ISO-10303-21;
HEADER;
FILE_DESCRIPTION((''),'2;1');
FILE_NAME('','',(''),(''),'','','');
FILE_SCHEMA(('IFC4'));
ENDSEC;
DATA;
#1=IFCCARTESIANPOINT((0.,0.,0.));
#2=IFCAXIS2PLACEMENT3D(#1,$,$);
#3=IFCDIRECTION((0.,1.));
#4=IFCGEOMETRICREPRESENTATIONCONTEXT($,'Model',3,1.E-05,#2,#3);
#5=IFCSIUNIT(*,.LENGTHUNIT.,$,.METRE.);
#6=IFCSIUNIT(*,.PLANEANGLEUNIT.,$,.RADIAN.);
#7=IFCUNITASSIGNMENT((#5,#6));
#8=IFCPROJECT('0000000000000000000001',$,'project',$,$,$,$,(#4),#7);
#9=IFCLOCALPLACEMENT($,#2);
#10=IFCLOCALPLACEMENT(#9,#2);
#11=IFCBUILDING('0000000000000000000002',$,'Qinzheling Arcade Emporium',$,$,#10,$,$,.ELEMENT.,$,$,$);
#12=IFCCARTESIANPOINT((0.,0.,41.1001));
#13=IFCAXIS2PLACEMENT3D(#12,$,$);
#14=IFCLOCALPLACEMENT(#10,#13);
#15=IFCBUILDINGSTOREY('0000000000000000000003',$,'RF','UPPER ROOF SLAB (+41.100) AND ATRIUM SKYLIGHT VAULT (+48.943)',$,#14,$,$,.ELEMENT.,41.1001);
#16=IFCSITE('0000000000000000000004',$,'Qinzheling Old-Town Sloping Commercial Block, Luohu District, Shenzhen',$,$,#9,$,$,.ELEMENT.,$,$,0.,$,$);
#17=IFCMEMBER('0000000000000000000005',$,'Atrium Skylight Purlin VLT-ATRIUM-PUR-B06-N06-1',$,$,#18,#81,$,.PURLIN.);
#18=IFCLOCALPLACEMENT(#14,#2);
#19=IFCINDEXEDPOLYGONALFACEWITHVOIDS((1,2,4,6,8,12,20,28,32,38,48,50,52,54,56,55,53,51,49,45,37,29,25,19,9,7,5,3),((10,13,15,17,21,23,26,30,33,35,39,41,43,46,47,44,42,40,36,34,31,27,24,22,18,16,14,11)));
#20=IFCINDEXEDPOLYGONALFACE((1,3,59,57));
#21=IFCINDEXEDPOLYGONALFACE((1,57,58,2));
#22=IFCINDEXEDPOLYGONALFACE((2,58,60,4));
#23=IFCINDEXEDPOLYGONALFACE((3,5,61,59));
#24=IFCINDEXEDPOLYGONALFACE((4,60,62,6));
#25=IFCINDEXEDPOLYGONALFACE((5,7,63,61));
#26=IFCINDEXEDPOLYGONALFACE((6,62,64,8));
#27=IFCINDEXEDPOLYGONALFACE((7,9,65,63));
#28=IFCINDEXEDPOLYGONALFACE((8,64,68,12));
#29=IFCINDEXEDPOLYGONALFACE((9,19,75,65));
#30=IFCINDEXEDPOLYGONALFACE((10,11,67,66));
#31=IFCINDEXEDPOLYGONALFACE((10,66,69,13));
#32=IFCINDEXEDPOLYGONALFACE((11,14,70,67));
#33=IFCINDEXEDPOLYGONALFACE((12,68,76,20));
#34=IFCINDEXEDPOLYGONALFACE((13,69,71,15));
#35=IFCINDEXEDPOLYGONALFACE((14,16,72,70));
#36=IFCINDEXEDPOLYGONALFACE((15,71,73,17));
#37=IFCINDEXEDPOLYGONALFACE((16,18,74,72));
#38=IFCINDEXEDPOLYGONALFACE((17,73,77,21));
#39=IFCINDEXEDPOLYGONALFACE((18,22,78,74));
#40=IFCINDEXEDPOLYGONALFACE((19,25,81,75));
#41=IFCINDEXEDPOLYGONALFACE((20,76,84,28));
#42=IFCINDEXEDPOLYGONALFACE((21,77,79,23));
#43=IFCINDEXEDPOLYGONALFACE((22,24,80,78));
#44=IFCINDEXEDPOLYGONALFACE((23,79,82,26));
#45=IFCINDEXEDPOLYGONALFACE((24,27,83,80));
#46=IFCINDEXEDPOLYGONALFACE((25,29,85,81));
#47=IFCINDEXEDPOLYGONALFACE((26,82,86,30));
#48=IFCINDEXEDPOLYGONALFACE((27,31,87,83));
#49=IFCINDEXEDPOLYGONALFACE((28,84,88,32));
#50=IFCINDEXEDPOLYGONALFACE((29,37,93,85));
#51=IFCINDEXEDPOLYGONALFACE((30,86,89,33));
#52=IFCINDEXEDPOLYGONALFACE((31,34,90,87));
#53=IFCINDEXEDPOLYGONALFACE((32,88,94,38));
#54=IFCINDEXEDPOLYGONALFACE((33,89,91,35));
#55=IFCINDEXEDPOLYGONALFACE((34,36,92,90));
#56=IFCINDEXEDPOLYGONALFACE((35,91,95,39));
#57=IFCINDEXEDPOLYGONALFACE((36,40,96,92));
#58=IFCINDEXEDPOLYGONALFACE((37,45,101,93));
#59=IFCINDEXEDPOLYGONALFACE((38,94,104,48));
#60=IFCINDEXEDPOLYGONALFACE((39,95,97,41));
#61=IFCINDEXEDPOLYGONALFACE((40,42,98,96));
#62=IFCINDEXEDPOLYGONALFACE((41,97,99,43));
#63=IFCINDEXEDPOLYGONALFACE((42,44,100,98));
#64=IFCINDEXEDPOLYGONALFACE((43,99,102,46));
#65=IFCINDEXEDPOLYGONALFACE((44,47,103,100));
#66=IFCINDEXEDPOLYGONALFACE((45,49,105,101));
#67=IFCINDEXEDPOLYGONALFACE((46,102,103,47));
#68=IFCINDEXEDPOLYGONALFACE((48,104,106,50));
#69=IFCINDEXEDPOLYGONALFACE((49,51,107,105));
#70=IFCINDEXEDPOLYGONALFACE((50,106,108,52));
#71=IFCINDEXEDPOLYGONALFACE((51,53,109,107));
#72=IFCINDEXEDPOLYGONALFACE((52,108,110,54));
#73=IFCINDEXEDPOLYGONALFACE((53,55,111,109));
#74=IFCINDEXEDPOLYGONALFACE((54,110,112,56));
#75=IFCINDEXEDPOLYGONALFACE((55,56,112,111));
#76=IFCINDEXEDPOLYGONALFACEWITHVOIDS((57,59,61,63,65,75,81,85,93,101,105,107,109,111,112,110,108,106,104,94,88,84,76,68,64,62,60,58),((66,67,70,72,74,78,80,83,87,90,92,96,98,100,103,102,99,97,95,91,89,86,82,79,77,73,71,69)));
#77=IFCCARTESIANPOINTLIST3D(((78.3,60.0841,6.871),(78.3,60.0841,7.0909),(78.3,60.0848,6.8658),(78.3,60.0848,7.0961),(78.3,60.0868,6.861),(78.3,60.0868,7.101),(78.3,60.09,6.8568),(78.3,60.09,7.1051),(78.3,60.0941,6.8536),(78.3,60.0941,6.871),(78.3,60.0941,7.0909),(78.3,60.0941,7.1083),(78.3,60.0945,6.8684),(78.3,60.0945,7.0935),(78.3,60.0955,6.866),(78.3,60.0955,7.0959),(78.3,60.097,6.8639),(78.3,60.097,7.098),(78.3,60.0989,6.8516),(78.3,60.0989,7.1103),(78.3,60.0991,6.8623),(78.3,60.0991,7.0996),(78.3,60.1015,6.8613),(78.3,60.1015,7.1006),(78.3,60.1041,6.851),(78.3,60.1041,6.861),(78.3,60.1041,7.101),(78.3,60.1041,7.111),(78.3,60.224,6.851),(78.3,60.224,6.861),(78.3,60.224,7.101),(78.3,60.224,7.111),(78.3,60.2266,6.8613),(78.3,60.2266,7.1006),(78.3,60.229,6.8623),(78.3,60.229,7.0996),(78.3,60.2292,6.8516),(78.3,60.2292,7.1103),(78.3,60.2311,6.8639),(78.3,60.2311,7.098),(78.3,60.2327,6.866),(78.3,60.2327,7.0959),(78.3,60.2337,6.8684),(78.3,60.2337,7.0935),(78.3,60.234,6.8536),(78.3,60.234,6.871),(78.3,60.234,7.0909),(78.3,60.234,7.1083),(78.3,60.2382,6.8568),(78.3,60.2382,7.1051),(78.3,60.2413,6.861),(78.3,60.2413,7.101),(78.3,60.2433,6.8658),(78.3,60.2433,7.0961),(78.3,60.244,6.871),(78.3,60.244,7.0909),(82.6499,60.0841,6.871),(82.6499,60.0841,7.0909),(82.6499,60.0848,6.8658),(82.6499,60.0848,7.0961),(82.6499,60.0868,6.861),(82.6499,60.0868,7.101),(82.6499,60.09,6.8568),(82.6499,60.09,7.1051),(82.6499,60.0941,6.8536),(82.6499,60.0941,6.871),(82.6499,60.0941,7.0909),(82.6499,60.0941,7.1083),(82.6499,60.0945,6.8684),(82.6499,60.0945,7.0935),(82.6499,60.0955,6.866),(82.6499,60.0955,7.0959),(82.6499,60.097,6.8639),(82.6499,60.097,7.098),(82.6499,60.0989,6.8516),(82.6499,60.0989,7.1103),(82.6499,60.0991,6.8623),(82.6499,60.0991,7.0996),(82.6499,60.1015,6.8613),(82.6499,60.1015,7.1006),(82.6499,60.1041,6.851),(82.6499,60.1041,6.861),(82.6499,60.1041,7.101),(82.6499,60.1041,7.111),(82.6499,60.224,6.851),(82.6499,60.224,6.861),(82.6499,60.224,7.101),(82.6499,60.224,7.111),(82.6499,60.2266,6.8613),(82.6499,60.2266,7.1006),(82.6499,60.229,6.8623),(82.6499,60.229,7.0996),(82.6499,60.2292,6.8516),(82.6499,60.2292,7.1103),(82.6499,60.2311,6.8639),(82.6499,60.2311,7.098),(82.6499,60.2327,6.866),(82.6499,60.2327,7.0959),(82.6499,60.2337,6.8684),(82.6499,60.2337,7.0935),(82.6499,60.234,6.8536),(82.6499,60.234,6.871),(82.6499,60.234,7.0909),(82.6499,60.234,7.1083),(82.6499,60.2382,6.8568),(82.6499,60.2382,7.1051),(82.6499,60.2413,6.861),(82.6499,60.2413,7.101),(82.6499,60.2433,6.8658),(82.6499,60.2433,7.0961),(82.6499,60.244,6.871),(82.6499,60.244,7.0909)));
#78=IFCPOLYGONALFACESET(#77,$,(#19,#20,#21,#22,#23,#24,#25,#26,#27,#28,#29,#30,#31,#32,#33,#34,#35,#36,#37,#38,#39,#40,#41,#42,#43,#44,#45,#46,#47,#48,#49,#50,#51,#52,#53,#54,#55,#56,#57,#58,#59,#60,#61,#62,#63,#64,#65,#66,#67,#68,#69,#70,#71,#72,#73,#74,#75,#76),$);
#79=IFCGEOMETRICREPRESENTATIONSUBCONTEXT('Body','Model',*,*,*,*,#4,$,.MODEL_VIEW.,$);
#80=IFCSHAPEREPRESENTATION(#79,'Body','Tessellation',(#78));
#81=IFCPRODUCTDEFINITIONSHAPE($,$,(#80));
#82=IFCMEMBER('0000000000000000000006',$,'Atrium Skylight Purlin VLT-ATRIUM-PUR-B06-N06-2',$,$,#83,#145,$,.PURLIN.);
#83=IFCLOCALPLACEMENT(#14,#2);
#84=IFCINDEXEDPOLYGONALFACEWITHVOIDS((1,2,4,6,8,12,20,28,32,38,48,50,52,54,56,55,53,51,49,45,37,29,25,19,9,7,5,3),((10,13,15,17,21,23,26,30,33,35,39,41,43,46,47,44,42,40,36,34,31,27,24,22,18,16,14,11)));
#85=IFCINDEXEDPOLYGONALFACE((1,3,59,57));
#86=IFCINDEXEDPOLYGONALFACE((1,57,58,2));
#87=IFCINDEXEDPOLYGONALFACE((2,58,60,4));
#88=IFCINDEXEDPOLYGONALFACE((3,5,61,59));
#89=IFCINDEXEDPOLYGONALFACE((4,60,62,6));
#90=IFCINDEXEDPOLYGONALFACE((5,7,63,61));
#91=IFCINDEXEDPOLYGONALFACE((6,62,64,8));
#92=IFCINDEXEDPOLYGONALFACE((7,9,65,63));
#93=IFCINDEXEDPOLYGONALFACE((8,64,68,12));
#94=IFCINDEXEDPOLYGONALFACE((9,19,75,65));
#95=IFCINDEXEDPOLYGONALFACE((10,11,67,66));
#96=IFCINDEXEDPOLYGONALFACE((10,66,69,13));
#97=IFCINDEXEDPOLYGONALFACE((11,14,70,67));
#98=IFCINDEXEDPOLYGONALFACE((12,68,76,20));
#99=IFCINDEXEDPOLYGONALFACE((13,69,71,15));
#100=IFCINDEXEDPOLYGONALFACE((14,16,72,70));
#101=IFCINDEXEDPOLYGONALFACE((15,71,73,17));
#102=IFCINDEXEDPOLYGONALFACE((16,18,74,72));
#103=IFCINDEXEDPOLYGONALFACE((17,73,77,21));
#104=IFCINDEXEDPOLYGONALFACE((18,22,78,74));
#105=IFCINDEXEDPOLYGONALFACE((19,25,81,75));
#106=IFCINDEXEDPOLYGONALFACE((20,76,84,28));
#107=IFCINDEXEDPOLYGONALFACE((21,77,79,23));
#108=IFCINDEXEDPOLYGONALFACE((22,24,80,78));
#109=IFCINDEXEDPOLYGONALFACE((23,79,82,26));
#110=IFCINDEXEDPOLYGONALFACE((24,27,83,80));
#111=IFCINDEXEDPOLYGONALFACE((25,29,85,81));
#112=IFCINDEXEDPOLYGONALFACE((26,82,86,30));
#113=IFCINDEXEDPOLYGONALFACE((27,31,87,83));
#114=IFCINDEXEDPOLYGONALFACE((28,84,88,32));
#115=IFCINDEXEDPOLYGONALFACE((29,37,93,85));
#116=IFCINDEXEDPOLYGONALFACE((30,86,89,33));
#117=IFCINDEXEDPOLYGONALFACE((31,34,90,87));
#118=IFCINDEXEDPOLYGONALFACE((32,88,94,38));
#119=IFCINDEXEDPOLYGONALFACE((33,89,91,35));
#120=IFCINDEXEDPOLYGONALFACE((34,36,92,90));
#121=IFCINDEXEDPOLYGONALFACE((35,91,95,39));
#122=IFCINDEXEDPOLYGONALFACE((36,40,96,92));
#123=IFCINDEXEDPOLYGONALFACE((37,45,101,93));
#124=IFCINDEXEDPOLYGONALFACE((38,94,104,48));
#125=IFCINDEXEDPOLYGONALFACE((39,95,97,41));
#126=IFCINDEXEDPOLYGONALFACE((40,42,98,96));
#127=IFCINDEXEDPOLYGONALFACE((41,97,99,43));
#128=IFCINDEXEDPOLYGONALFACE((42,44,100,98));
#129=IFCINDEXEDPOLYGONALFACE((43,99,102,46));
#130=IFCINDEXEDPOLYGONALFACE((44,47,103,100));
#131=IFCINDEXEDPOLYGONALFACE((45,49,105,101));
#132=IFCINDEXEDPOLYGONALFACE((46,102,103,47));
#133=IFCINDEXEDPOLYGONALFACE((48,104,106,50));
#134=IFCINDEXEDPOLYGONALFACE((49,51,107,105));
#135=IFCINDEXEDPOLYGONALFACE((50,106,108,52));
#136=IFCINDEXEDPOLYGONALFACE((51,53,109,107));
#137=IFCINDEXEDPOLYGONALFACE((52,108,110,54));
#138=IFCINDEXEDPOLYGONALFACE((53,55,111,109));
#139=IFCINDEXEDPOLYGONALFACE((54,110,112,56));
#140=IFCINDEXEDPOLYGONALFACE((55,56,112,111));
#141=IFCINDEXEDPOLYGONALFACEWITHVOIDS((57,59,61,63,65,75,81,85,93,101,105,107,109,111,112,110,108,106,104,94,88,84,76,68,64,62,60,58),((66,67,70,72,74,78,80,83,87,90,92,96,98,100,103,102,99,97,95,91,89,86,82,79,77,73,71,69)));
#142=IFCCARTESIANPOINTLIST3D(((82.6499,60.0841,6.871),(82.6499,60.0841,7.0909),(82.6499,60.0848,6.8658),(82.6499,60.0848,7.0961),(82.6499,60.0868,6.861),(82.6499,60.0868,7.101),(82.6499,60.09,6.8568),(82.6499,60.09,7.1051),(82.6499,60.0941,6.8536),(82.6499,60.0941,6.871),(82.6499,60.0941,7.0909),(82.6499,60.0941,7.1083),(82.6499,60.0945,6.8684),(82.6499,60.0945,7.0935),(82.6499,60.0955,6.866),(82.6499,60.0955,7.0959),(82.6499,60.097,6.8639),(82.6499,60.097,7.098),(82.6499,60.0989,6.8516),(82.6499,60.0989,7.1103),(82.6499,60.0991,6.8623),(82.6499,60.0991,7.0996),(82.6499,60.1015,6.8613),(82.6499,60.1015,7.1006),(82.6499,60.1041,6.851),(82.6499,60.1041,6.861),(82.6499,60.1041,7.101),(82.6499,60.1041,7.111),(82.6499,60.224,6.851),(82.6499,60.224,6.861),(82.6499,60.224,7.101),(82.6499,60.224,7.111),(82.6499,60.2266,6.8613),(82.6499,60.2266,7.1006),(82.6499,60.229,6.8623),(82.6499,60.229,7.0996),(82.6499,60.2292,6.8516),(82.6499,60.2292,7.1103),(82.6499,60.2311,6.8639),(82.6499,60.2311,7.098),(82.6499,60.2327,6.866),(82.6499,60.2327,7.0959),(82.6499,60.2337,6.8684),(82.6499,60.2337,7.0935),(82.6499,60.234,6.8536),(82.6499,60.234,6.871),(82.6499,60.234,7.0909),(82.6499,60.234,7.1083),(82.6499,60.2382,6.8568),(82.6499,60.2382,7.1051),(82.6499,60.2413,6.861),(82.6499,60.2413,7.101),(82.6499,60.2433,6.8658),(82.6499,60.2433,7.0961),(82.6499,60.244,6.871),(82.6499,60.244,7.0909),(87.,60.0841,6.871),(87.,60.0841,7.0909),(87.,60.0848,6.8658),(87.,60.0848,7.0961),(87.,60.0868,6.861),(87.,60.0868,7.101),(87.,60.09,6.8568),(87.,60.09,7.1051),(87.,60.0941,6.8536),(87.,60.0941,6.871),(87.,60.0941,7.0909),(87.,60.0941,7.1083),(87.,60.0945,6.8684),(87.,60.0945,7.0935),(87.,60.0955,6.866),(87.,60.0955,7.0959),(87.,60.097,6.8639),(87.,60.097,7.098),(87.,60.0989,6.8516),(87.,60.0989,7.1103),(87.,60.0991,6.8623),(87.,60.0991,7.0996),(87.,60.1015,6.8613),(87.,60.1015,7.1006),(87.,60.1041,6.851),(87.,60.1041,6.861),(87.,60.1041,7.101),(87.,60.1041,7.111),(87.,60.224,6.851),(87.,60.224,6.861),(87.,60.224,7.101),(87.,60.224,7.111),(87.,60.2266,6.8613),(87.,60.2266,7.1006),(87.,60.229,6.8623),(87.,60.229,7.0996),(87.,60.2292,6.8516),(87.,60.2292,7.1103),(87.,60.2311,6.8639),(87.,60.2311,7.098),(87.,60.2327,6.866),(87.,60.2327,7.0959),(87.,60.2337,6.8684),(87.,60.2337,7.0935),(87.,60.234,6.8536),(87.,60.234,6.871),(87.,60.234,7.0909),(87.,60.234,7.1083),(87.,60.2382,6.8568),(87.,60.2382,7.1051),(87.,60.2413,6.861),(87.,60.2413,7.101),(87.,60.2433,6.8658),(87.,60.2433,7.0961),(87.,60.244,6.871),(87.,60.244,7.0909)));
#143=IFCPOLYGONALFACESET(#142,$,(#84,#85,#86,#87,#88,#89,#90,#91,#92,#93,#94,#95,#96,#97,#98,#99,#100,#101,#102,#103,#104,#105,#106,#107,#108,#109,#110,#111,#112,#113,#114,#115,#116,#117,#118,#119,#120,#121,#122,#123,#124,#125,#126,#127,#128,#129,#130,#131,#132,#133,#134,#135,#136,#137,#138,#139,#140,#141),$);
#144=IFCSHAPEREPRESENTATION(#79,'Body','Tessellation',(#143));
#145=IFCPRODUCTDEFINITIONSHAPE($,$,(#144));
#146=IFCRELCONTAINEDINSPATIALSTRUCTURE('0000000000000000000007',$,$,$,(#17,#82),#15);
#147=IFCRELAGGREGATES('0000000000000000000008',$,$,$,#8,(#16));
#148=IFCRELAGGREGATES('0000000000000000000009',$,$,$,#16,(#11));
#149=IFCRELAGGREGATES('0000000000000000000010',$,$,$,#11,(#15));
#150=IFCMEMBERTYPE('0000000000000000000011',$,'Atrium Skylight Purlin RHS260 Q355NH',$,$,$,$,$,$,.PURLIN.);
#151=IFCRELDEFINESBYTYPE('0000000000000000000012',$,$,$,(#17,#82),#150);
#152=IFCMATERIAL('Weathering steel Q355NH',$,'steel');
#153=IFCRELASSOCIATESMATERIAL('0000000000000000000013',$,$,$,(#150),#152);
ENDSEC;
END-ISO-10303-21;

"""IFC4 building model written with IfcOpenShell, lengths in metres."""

from ifc_helpers import new_model, si_unit, direction, frame, origin, origin_2d, place, context, subcontext, project, spatial, hollow_rectangle, extrude, material, material_profile, profile_set, type_object, element, save


model = new_model("IFC4")

# Units and contexts
model_context = context("Model", 3, precision=1e-05, world=origin(), true_north=direction((0.0, 1.0)))
body_context = subcontext(model_context, "Body", "Model", "MODEL_VIEW")
ifc_project = project(units=[si_unit("LENGTHUNIT", "METRE"), si_unit("PLANEANGLEUNIT", "RADIAN")], contexts=[model_context])

# Site, building, storey
site_placement = place(None, origin())
site = spatial("IfcSite", under=ifc_project, at=site_placement, Name="Qinzheling Old-Town Sloping Commercial Block, Luohu District, Shenzhen", CompositionType="ELEMENT", RefElevation=0.0)
building_placement = place(site_placement, origin())
building = spatial("IfcBuilding", under=site, at=building_placement, Name="Qinzheling Arcade Emporium", CompositionType="ELEMENT")
storey_placement = place(building_placement, frame((0.0, 0.0, 41.1001)))
storey = spatial("IfcBuildingStorey", under=building, at=storey_placement, Name="RF", Description="UPPER ROOF SLAB (+41.100) AND ATRIUM SKYLIGHT VAULT (+48.943)", CompositionType="ELEMENT", Elevation=41.1001)

# Shared definitions
ifc_material_1 = material(Name="Weathering steel Q355NH", Category="steel")

# Members
ifc_material_profile_1 = material_profile(ifc_material_1, hollow_rectangle(XDim=0.1599, YDim=0.26, WallThickness=0.01, InnerFilletRadius=0.01, OuterFilletRadius=0.02, at=origin_2d()), Name="RHS 260x160x10", Category="steel")
ifc_profile_set_1 = profile_set([ifc_material_profile_1], Name="Weathering steel Q355NH")
member_type = type_object("IfcMemberType", Name="Atrium Skylight Purlin RHS260 Q355NH", PredefinedType="PURLIN", material=ifc_profile_set_1)
member_1_placement = place(storey_placement, frame((78.3, 60.1641, 6.981), z_axis=(1.0, 0.0, 0.0), x_axis=(0.0, 1.0, 0.0)))
element("IfcMember", 1, at=member_1_placement, inside=storey, type_object=member_type, Name="Atrium Skylight Purlin VLT-ATRIUM-PUR-B06-N06-1", PredefinedType="PURLIN", context=body_context, shape_type="SweptSolid", body=[
    extrude(hollow_rectangle(XDim=0.1599, YDim=0.26, WallThickness=0.01, InnerFilletRadius=0.01, OuterFilletRadius=0.02, at=origin_2d()), origin(), (0.0, 0.0, 1.0), 4.3499),
])
member_2_placement = place(storey_placement, frame((82.6499, 60.1641, 6.981), z_axis=(1.0, 0.0, 0.0), x_axis=(0.0, 1.0, 0.0)))
element("IfcMember", 2, at=member_2_placement, inside=storey, type_object=member_type, Name="Atrium Skylight Purlin VLT-ATRIUM-PUR-B06-N06-2", PredefinedType="PURLIN", context=body_context, shape_type="SweptSolid", body=[
    extrude(hollow_rectangle(XDim=0.1599, YDim=0.26, WallThickness=0.01, InnerFilletRadius=0.01, OuterFilletRadius=0.02, at=origin_2d()), origin(), (0.0, 0.0, 1.0), 4.3501),
])

save(model, "model.ifc")
